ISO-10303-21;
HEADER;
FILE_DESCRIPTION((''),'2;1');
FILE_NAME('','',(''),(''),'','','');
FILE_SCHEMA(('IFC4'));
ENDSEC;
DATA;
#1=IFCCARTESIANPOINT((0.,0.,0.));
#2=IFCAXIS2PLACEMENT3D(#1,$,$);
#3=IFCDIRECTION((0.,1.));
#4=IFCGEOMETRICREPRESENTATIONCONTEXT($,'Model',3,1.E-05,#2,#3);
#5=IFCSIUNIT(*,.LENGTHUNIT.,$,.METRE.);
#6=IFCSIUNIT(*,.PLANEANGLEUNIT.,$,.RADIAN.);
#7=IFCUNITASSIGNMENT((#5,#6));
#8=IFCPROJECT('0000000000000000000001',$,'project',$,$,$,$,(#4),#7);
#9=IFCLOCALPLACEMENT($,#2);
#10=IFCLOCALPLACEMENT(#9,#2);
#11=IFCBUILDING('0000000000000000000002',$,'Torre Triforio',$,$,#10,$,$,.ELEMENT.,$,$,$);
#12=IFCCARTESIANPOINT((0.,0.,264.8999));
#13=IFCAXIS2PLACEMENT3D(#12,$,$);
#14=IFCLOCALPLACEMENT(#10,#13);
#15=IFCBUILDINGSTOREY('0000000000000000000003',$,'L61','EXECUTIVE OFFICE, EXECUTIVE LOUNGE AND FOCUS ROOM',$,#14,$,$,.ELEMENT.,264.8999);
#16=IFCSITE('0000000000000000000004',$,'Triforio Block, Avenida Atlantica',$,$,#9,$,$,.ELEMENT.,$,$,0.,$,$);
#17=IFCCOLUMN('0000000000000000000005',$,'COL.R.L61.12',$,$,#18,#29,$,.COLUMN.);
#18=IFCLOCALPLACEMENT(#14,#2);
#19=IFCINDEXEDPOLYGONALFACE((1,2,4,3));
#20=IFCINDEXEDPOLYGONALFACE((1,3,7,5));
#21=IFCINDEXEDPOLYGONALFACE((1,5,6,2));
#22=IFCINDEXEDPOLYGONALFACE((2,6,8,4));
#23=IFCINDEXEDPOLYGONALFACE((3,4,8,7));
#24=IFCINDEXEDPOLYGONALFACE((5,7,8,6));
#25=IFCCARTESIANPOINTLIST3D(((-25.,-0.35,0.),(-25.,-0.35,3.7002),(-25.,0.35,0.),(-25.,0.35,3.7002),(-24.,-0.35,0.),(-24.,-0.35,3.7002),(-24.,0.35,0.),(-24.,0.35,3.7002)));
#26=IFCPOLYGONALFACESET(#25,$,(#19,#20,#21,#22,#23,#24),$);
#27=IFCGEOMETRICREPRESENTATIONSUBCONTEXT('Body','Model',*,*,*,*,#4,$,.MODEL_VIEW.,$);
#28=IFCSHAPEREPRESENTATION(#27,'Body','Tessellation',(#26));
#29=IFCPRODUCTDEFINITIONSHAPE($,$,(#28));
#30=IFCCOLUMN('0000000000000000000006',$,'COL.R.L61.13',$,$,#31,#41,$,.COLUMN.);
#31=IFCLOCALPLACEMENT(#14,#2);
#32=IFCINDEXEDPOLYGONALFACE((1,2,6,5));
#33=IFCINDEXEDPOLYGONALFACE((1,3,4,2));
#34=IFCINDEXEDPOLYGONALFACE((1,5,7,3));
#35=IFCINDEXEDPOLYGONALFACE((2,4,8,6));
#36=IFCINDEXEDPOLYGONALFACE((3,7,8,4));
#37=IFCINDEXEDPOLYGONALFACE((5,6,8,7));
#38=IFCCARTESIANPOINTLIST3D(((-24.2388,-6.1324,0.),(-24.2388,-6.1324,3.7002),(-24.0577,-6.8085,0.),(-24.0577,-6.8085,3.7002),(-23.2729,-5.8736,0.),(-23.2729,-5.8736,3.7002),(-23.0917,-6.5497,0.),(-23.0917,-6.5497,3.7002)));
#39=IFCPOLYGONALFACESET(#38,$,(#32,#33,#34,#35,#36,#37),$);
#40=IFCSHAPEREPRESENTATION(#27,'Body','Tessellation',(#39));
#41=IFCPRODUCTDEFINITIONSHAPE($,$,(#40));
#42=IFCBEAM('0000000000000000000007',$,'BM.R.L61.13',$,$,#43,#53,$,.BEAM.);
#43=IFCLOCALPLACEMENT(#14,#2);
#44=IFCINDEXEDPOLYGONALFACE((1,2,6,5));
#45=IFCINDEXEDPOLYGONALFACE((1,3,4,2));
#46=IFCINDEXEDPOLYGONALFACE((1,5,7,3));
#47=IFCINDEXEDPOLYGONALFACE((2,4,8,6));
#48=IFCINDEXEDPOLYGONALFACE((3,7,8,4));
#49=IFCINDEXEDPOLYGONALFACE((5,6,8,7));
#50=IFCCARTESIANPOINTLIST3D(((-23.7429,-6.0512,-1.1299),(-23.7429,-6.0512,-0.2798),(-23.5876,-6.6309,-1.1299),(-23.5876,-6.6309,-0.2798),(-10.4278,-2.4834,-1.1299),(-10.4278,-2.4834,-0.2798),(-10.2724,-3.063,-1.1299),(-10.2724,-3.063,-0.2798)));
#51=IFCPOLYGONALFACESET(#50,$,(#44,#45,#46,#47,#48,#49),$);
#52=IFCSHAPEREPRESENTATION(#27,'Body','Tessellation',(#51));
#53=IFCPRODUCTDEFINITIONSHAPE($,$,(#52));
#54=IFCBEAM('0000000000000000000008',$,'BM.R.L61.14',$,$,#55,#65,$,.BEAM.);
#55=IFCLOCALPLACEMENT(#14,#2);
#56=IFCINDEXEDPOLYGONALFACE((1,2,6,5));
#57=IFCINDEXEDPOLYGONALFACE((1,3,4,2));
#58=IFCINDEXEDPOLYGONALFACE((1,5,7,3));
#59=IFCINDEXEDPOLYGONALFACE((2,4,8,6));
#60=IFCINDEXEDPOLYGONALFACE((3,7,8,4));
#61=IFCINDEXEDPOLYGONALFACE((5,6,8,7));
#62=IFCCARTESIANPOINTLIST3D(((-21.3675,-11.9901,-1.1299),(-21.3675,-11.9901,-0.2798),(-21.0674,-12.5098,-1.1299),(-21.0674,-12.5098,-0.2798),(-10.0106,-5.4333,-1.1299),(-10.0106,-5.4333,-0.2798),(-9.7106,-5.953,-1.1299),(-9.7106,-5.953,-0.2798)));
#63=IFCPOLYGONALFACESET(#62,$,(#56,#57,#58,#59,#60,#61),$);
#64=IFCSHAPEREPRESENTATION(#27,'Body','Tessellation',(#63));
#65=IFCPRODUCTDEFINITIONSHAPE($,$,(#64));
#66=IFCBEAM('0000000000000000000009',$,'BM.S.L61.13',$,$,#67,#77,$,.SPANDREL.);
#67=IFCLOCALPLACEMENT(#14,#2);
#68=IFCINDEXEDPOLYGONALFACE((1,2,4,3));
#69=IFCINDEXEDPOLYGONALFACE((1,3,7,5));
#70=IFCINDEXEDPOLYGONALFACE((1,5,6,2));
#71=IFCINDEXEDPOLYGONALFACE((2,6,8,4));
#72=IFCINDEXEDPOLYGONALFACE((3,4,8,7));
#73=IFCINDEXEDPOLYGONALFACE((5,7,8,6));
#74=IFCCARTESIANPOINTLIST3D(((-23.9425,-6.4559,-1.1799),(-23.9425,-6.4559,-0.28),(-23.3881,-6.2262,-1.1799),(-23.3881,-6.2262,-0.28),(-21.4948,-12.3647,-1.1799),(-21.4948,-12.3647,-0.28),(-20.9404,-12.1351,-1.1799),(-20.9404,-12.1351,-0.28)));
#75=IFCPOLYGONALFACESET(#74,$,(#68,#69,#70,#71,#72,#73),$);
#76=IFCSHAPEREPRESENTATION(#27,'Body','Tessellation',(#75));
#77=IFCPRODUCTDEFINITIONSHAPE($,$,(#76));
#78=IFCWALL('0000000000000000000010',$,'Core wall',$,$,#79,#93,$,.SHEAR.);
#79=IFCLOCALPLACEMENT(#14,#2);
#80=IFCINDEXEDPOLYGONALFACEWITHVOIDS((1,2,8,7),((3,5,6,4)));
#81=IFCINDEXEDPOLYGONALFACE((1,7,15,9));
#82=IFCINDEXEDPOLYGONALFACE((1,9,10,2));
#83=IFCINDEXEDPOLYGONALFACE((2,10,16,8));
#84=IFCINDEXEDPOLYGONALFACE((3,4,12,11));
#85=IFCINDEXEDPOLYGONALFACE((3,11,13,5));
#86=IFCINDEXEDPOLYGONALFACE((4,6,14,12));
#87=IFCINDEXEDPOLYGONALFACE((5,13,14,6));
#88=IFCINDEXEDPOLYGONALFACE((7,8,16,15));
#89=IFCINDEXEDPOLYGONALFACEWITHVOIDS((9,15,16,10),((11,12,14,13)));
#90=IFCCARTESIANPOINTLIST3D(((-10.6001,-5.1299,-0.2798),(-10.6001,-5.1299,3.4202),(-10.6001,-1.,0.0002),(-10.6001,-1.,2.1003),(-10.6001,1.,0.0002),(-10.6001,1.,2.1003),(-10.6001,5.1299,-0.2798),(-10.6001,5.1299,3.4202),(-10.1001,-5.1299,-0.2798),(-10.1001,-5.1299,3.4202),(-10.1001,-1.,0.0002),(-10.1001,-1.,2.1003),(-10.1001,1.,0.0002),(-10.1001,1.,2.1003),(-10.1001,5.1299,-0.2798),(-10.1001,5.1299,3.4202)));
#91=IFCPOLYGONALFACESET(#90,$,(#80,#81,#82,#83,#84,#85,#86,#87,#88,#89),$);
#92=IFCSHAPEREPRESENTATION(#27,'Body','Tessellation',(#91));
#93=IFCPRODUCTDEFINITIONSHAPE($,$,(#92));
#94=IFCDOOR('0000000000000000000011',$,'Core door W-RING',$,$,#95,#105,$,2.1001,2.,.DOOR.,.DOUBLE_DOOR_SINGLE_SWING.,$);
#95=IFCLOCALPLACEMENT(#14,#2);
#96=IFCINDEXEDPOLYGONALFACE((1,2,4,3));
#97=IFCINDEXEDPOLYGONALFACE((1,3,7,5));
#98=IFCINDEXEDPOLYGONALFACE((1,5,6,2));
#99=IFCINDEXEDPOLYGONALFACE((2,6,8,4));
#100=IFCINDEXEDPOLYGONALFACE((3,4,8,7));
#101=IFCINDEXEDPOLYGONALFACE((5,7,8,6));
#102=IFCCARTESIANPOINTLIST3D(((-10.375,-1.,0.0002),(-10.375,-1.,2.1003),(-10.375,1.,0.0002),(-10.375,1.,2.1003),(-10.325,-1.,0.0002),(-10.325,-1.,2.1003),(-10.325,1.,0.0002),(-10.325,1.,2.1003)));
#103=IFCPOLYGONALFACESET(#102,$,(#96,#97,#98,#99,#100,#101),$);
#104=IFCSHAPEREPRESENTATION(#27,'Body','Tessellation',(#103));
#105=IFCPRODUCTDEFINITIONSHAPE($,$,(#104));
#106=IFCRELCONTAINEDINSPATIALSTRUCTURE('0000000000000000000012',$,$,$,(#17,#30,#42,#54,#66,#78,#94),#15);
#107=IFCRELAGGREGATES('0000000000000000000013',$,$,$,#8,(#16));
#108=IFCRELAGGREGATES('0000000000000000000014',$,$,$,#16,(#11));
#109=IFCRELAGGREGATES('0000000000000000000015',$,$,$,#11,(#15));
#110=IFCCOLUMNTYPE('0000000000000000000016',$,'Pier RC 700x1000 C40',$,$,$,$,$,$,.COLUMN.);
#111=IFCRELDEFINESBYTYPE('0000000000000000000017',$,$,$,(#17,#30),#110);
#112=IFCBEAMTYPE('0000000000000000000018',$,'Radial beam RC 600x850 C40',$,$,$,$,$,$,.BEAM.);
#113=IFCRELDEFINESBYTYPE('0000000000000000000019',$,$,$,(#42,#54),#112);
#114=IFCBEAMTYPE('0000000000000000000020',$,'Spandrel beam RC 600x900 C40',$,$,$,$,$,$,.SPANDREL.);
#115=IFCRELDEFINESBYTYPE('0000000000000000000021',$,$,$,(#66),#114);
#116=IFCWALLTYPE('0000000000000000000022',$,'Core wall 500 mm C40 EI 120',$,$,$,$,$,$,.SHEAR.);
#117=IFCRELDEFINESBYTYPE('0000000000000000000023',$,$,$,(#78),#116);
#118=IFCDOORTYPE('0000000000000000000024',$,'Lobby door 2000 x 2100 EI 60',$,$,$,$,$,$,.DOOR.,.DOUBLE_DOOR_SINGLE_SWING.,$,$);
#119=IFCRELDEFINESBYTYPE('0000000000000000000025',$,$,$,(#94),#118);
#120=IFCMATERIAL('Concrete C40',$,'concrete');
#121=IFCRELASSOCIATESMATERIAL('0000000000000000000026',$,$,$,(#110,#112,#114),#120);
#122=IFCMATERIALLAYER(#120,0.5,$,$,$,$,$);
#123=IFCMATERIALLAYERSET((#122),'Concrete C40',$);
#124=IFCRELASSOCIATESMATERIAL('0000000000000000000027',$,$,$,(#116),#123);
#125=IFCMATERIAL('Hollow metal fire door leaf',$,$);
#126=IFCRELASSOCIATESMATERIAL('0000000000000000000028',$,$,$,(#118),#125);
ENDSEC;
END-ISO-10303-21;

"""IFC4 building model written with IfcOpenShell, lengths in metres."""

from ifc_helpers import new_model, si_unit, direction, frame, frame_2d, origin, origin_2d, place, context, subcontext, project, spatial, rectangle, extrude, material, layer, layer_set, material_profile, profile_set, type_object, element, fill, save


model = new_model("IFC4")

# Units and contexts
model_context = context("Model", 3, precision=1e-05, world=origin(), true_north=direction((0.0, 1.0)))
body_context = subcontext(model_context, "Body", "Model", "MODEL_VIEW")
ifc_project = project(units=[si_unit("LENGTHUNIT", "METRE"), si_unit("PLANEANGLEUNIT", "RADIAN")], contexts=[model_context])

# Site, building, storey
site_placement = place(None, origin())
site = spatial("IfcSite", under=ifc_project, at=site_placement, Name="Triforio Block, Avenida Atlantica", CompositionType="ELEMENT", RefElevation=0.0)
building_placement = place(site_placement, origin())
building = spatial("IfcBuilding", under=site, at=building_placement, Name="Torre Triforio", CompositionType="ELEMENT")
storey_placement = place(building_placement, frame((0.0, 0.0, 264.8999)))
storey = spatial("IfcBuildingStorey", under=building, at=storey_placement, Name="L61", Description="EXECUTIVE OFFICE, EXECUTIVE LOUNGE AND FOCUS ROOM", CompositionType="ELEMENT", Elevation=264.8999)

# Columns
ifc_material_1 = material(Name="Concrete C40", Category="concrete")
ifc_material_profile_1 = material_profile(ifc_material_1, rectangle(XDim=0.7, YDim=1.0, at=origin_2d()), Name="RC 700x1000")
ifc_profile_set_1 = profile_set([ifc_material_profile_1], Name="Concrete C40")
column_type = type_object("IfcColumnType", Name="Pier RC 700x1000 C40", PredefinedType="COLUMN", material=ifc_profile_set_1)
for number, where, z_axis, x_axis, name in (
    (1, (-24.5, 0.0, 0.0), (0.0, 0.0, 1.0), (0.0, -1.0, 0.0), "COL.R.L61.12"),
    (2, (-23.6653, -6.3411, 0.0), (0.0, 0.0, 1.0), (0.258819, -0.965926, 0.0), "COL.R.L61.13"),
):
    element("IfcColumn", number, at=place(storey_placement, frame(where, z_axis=z_axis, x_axis=x_axis)), inside=storey, type_object=column_type, Name=name, PredefinedType="COLUMN", context=body_context, shape_type="SweptSolid", body=[
        extrude(rectangle(XDim=0.7, YDim=1.0, at=origin_2d()), origin(), (0.0, 0.0, 1.0), 3.7002),
    ])

# Beams
ifc_material_profile_2 = material_profile(ifc_material_1, rectangle(XDim=0.6001, YDim=0.8501, at=origin_2d()), Name="RC 600x850")
ifc_profile_set_2 = profile_set([ifc_material_profile_2], Name="Concrete C40")
beam_type_1 = type_object("IfcBeamType", Name="Radial beam RC 600x850 C40", PredefinedType="BEAM", material=ifc_profile_set_2)
beam_1_placement = place(storey_placement, frame((-10.3501, -2.7732, -0.7048), z_axis=(-0.965924, -0.258824, 0.0), x_axis=(0.258824, -0.965924, 0.0)))
element("IfcBeam", 3, at=beam_1_placement, inside=storey, type_object=beam_type_1, Name="BM.R.L61.13", PredefinedType="BEAM", context=body_context, shape_type="SweptSolid", body=[
    extrude(rectangle(XDim=0.6001, YDim=0.8501, at=origin_2d()), origin(), (0.0, 0.0, 1.0), 13.7849),
])
beam_2_placement = place(storey_placement, frame((-9.8606, -5.6931, -0.7048), z_axis=(-0.866027, -0.499997, 0.0), x_axis=(0.499997, -0.866027, 0.0)))
element("IfcBeam", 4, at=beam_2_placement, inside=storey, type_object=beam_type_1, Name="BM.R.L61.14", PredefinedType="BEAM", context=body_context, shape_type="SweptSolid", body=[
    extrude(rectangle(XDim=0.6001, YDim=0.8501, at=origin_2d()), origin(), (0.0, 0.0, 1.0), 13.1138),
])
ifc_material_profile_3 = material_profile(ifc_material_1, rectangle(XDim=0.6001, YDim=0.8999, at=origin_2d()), Name="RC 600x900")
ifc_profile_set_3 = profile_set([ifc_material_profile_3], Name="Concrete C40")
beam_type_2 = type_object("IfcBeamType", Name="Spandrel beam RC 600x900 C40", PredefinedType="SPANDREL", material=ifc_profile_set_3)
beam_3_placement = place(storey_placement, frame((-23.6653, -6.3411, -0.73), z_axis=(0.382709, -0.923869, 0.0), x_axis=(0.923869, 0.382709, 0.0)))
element("IfcBeam", 5, at=beam_3_placement, inside=storey, type_object=beam_type_2, Name="BM.S.L61.13", PredefinedType="SPANDREL", context=body_context, shape_type="SweptSolid", body=[
    extrude(rectangle(XDim=0.6001, YDim=0.8999, at=origin_2d()), origin(), (0.0, 0.0, 1.0), 6.3958),
])

# Wall, opening, door
ifc_layer_1 = layer(ifc_material_1, 0.5)
ifc_layer_set_1 = layer_set([ifc_layer_1], Name="Concrete C40")
wall_type_1 = type_object("IfcWallType", Name="Core wall 500 mm C40 EI 120", PredefinedType="SHEAR", material=ifc_layer_set_1)
wall_1_placement = place(storey_placement, frame((-10.3501, -5.1299, -0.2798), z_axis=(0.0, 0.0, 1.0), x_axis=(0.0, 1.0, 0.0)))
wall_1 = element("IfcWall", 6, at=wall_1_placement, inside=storey, type_object=wall_type_1, Name="Core wall", PredefinedType="SHEAR", context=body_context, shape_type="SweptSolid", body=[
    extrude(rectangle(XDim=10.2598, YDim=0.5, at=frame_2d((5.1299, 0.0))), origin(), (0.0, 0.0, 1.0), 3.7),
])
opening_1_placement = place(wall_1_placement, frame((4.1299, 0.0, 0.28)))
opening_1 = element("IfcOpeningElement", 7, at=opening_1_placement, cuts=wall_1, PredefinedType="OPENING", context=body_context, shape_type="SweptSolid", body=[
    extrude(rectangle(XDim=2.0, YDim=2.1001, at=frame_2d((1.0, 1.05))), frame((0.0, 0.26, 0.0), z_axis=(0.0, -1.0, 0.0), x_axis=(1.0, 0.0, 0.0)), (0.0, 0.0, 1.0), 0.52),
])
ifc_material_2 = material(Name="Hollow metal fire door leaf")
door_type_1 = type_object("IfcDoorType", Name="Lobby door 2000 x 2100 EI 60", OperationType="DOUBLE_DOOR_SINGLE_SWING", PredefinedType="DOOR", material=ifc_material_2)
door_1_placement = place(opening_1_placement, origin())
door_1 = element("IfcDoor", 8, at=door_1_placement, inside=storey, type_object=door_type_1, Name="Core door W-RING", OperationType="DOUBLE_DOOR_SINGLE_SWING", OverallHeight=2.1001, OverallWidth=2.0, PredefinedType="DOOR", context=body_context, shape_type="SweptSolid", body=[
    extrude(rectangle(XDim=2.0, YDim=2.1001, at=frame_2d((1.0, 1.05))), frame((0.0, 0.0249, 0.0), z_axis=(0.0, -1.0, 0.0), x_axis=(1.0, 0.0, 0.0)), (0.0, 0.0, 1.0), 0.05),
])
fill(opening_1, door_1)

save(model, "model.ifc")
